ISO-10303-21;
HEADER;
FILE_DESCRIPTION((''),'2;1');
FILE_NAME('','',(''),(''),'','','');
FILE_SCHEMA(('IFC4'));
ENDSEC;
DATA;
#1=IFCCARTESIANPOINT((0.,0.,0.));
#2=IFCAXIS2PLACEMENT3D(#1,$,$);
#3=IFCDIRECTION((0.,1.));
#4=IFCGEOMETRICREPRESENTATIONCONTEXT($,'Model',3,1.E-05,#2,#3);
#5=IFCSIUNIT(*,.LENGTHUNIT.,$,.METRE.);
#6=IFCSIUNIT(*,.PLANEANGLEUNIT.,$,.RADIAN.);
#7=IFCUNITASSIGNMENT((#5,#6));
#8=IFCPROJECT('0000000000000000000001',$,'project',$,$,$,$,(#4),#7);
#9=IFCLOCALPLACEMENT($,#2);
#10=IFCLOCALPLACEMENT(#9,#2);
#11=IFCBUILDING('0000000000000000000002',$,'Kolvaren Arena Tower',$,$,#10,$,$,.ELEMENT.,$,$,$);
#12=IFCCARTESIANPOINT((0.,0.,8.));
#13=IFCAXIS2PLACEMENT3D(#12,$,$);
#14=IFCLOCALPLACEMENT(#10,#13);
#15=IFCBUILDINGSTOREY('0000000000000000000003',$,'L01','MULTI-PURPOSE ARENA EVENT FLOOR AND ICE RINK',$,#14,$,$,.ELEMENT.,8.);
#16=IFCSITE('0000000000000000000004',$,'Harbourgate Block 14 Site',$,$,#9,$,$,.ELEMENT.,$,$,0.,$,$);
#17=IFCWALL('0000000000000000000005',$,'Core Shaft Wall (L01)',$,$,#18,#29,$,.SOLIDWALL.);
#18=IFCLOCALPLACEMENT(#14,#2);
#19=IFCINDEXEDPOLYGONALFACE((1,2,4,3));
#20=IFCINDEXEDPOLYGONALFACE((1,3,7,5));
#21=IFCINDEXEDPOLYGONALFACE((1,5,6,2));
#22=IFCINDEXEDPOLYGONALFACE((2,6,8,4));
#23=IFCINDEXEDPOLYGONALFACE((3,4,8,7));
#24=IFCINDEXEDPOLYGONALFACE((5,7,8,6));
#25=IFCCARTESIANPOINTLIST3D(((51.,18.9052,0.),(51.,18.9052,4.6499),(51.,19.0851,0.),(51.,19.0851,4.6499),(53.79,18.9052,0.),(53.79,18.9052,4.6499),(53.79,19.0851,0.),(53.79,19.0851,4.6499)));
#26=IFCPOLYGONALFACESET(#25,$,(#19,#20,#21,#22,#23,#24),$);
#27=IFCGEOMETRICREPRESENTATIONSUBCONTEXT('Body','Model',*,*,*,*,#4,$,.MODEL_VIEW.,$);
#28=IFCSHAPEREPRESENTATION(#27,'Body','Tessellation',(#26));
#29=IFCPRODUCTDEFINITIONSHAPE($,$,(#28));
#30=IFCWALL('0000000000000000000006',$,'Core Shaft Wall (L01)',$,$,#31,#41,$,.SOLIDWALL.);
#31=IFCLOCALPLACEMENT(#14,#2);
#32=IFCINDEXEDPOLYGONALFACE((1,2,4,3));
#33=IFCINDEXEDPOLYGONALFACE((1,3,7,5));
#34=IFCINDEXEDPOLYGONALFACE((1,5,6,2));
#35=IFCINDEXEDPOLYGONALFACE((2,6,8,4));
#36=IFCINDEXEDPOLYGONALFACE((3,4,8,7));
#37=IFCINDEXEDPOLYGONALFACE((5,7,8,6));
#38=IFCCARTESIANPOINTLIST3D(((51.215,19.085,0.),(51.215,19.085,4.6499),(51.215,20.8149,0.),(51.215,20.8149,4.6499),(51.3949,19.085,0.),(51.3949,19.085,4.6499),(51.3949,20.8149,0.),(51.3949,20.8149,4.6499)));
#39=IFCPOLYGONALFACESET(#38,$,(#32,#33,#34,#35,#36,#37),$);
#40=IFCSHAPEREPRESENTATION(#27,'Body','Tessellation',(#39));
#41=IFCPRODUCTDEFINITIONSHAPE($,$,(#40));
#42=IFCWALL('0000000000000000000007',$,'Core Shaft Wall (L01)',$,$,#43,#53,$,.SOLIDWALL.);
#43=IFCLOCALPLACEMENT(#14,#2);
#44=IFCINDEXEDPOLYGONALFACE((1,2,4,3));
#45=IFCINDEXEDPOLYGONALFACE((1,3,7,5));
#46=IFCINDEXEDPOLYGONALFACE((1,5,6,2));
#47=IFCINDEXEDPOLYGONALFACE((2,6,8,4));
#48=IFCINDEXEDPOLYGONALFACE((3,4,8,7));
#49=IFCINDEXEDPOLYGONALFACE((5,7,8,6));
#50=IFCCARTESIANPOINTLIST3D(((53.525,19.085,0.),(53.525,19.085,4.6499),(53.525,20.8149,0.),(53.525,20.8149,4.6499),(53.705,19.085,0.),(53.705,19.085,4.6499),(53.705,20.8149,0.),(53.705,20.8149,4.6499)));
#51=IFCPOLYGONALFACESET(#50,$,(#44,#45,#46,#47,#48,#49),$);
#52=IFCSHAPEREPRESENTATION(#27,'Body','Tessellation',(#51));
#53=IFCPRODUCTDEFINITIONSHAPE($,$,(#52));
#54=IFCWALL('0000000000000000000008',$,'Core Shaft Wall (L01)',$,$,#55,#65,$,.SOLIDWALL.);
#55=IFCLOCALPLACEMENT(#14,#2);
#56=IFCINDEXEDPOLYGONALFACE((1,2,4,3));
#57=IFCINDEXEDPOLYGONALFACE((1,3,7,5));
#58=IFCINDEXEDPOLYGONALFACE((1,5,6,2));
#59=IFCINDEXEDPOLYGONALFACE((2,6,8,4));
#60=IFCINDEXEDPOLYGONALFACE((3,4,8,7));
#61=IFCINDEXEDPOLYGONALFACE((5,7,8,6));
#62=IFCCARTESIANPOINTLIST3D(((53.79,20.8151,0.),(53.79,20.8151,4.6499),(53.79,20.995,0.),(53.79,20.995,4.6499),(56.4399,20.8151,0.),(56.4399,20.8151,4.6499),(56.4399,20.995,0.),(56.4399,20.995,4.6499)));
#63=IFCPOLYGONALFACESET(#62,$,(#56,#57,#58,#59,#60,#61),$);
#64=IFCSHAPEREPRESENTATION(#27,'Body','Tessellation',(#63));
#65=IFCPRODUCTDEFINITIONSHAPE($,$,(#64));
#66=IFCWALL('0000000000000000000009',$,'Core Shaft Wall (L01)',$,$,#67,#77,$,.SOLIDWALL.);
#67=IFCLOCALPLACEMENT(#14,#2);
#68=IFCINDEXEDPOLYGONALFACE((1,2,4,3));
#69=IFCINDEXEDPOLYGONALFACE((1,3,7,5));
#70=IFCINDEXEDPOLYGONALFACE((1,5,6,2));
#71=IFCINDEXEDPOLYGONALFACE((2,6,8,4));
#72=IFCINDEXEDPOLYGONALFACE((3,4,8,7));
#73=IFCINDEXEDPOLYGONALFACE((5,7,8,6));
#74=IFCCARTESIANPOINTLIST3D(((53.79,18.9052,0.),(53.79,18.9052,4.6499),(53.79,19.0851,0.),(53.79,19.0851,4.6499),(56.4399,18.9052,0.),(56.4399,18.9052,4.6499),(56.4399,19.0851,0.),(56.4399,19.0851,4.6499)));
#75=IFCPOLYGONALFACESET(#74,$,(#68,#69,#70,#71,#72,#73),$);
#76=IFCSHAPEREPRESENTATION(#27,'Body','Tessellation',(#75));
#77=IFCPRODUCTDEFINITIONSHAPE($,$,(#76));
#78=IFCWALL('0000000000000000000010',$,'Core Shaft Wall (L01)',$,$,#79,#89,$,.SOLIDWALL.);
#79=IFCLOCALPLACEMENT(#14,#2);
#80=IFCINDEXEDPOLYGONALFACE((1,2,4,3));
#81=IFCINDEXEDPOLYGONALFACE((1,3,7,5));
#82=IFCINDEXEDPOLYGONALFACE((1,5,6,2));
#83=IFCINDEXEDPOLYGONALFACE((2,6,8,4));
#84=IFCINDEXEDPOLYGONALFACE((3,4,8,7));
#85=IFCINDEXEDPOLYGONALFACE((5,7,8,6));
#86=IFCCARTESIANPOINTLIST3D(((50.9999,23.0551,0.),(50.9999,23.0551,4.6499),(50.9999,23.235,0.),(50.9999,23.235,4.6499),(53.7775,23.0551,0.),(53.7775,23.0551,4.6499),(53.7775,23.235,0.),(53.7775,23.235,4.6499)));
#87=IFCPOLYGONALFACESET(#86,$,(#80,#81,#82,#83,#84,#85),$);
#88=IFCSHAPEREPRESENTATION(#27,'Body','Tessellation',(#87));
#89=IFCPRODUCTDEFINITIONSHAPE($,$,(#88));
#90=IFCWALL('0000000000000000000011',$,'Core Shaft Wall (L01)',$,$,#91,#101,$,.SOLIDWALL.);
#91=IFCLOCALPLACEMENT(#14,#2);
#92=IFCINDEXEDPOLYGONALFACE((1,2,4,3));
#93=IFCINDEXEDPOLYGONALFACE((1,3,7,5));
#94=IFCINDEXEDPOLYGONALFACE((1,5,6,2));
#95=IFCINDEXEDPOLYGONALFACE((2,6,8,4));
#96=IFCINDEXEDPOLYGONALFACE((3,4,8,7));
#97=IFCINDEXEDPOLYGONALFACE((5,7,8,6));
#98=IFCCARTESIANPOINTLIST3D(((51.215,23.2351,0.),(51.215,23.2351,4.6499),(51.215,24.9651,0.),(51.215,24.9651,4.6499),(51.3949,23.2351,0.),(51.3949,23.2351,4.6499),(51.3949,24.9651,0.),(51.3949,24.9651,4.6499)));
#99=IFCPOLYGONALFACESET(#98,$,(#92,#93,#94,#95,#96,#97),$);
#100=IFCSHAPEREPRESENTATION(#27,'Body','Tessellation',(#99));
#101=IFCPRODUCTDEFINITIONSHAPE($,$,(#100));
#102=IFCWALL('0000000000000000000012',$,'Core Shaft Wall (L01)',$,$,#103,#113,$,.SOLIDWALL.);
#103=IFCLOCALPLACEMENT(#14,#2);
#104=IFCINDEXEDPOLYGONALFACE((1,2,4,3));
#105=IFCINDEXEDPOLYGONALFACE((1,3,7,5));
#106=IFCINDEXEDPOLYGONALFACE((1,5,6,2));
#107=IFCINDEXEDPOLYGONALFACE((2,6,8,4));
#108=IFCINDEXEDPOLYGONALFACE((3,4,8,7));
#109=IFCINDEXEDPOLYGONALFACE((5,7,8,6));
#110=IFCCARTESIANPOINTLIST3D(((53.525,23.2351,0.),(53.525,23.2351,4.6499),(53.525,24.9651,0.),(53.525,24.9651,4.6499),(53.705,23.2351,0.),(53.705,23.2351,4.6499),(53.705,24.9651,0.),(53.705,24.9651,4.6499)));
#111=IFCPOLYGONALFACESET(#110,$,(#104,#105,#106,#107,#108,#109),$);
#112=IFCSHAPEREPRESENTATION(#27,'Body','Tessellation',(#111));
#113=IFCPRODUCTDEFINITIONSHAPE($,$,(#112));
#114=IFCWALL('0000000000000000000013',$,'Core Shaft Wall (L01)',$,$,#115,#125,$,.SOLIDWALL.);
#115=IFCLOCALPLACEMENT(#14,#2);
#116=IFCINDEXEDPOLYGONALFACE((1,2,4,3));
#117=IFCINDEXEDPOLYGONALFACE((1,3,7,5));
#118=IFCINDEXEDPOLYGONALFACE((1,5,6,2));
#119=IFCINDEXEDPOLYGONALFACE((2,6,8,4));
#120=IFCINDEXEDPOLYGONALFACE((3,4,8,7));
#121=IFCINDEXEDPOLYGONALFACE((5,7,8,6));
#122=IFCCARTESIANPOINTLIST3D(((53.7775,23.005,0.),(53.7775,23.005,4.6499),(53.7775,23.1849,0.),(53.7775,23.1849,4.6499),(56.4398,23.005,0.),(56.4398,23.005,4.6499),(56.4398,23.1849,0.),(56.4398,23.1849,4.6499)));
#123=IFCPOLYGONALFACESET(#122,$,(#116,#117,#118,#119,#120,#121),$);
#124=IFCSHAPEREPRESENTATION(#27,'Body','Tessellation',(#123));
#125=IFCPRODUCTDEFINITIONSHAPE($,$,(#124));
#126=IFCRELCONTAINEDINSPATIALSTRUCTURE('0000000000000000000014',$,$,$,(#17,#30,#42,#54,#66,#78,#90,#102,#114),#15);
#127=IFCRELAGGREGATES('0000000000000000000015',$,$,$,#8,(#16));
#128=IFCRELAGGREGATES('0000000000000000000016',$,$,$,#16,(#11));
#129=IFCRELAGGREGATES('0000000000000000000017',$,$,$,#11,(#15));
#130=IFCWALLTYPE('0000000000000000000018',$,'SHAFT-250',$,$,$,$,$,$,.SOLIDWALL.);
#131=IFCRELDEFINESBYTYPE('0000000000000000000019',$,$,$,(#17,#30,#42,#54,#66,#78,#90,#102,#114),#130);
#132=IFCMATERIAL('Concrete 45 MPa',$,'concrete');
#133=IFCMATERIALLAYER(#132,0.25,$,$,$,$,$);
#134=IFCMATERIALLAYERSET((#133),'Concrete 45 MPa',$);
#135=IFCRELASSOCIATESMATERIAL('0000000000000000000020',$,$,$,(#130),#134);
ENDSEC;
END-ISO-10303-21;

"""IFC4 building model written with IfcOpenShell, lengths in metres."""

from ifc_helpers import new_model, si_unit, direction, frame, frame_2d, origin, place, context, subcontext, project, spatial, rectangle, extrude, material, layer, layer_set, type_object, element, save


model = new_model("IFC4")

# Units and contexts
model_context = context("Model", 3, precision=1e-05, world=origin(), true_north=direction((0.0, 1.0)))
body_context = subcontext(model_context, "Body", "Model", "MODEL_VIEW")
ifc_project = project(units=[si_unit("LENGTHUNIT", "METRE"), si_unit("PLANEANGLEUNIT", "RADIAN")], contexts=[model_context])

# Site, building, storey
site_placement = place(None, origin())
site = spatial("IfcSite", under=ifc_project, at=site_placement, Name="Harbourgate Block 14 Site", CompositionType="ELEMENT", RefElevation=0.0)
building_placement = place(site_placement, origin())
building = spatial("IfcBuilding", under=site, at=building_placement, Name="Kolvaren Arena Tower", CompositionType="ELEMENT")
storey_placement = place(building_placement, frame((0.0, 0.0, 8.0)))
storey = spatial("IfcBuildingStorey", under=building, at=storey_placement, Name="L01", Description="MULTI-PURPOSE ARENA EVENT FLOOR AND ICE RINK", CompositionType="ELEMENT", Elevation=8.0)

# Walls
ifc_material_1 = material(Name="Concrete 45 MPa", Category="concrete")
ifc_layer_1 = layer(ifc_material_1, 0.25)
ifc_layer_set_1 = layer_set([ifc_layer_1], Name="Concrete 45 MPa")
wall_type_1 = type_object("IfcWallType", Name="SHAFT-250", PredefinedType="SOLIDWALL", material=ifc_layer_set_1)
for number, where, z_axis, x_axis, name in (
    (1, (51.0, 18.9951, 0.0), (0.0, 0.0, 1.0), (1.0, 0.0, 0.0), "Core Shaft Wall (L01)"),
):
    element("IfcWall", number, at=place(storey_placement, frame(where, z_axis=z_axis, x_axis=x_axis)), inside=storey, type_object=wall_type_1, Name=name, PredefinedType="SOLIDWALL", context=body_context, shape_type="SweptSolid", body=[
        extrude(rectangle(XDim=2.79, YDim=0.1799, at=frame_2d((1.395, 0.0))), origin(), (0.0, 0.0, 1.0), 4.6499),
    ])
for number, where, z_axis, x_axis, name in (
    (2, (51.3049, 19.085, 0.0), (0.0, 0.0, 1.0), (0.0, 1.0, 0.0), "Core Shaft Wall (L01)"),
    (3, (53.615, 19.085, 0.0), (0.0, 0.0, 1.0), (0.0, 1.0, 0.0), "Core Shaft Wall (L01)"),
):
    element("IfcWall", number, at=place(storey_placement, frame(where, z_axis=z_axis, x_axis=x_axis)), inside=storey, type_object=wall_type_1, Name=name, PredefinedType="SOLIDWALL", context=body_context, shape_type="SweptSolid", body=[
        extrude(rectangle(XDim=1.73, YDim=0.1799, at=frame_2d((0.865, 0.0))), origin(), (0.0, 0.0, 1.0), 4.6499),
    ])
for number, where, z_axis, x_axis, name in (
    (4, (53.79, 20.905, 0.0), (0.0, 0.0, 1.0), (1.0, 0.0, 0.0), "Core Shaft Wall (L01)"),
    (5, (53.79, 18.9951, 0.0), (0.0, 0.0, 1.0), (1.0, 0.0, 0.0), "Core Shaft Wall (L01)"),
):
    element("IfcWall", number, at=place(storey_placement, frame(where, z_axis=z_axis, x_axis=x_axis)), inside=storey, type_object=wall_type_1, Name=name, PredefinedType="SOLIDWALL", context=body_context, shape_type="SweptSolid", body=[
        extrude(rectangle(XDim=2.6499, YDim=0.1799, at=frame_2d((1.325, 0.0))), origin(), (0.0, 0.0, 1.0), 4.6499),
    ])
wall_1_placement = place(storey_placement, frame((51.0, 23.145, 0.0), z_axis=(0.0, 0.0, 1.0), x_axis=(1.0, 0.0, 0.0)))
element("IfcWall", 6, at=wall_1_placement, inside=storey, type_object=wall_type_1, Name="Core Shaft Wall (L01)", PredefinedType="SOLIDWALL", context=body_context, shape_type="SweptSolid", body=[
    extrude(rectangle(XDim=2.7776, YDim=0.1799, at=frame_2d((1.3887, 0.0))), origin(), (0.0, 0.0, 1.0), 4.6499),
])
for number, where, z_axis, x_axis, name in (
    (7, (51.3049, 23.2351, 0.0), (0.0, 0.0, 1.0), (0.0, 1.0, 0.0), "Core Shaft Wall (L01)"),
    (8, (53.615, 23.2351, 0.0), (0.0, 0.0, 1.0), (0.0, 1.0, 0.0), "Core Shaft Wall (L01)"),
):
    element("IfcWall", number, at=place(storey_placement, frame(where, z_axis=z_axis, x_axis=x_axis)), inside=storey, type_object=wall_type_1, Name=name, PredefinedType="SOLIDWALL", context=body_context, shape_type="SweptSolid", body=[
        extrude(rectangle(XDim=1.73, YDim=0.1799, at=frame_2d((0.865, 0.0))), origin(), (0.0, 0.0, 1.0), 4.6499),
    ])
wall_2_placement = place(storey_placement, frame((53.7776, 23.095, 0.0), z_axis=(0.0, 0.0, 1.0), x_axis=(1.0, 0.0, 0.0)))
element("IfcWall", 9, at=wall_2_placement, inside=storey, type_object=wall_type_1, Name="Core Shaft Wall (L01)", PredefinedType="SOLIDWALL", context=body_context, shape_type="SweptSolid", body=[
    extrude(rectangle(XDim=2.6624, YDim=0.1799, at=frame_2d((1.3311, 0.0))), origin(), (0.0, 0.0, 1.0), 4.6499),
])

save(model, "model.ifc")
